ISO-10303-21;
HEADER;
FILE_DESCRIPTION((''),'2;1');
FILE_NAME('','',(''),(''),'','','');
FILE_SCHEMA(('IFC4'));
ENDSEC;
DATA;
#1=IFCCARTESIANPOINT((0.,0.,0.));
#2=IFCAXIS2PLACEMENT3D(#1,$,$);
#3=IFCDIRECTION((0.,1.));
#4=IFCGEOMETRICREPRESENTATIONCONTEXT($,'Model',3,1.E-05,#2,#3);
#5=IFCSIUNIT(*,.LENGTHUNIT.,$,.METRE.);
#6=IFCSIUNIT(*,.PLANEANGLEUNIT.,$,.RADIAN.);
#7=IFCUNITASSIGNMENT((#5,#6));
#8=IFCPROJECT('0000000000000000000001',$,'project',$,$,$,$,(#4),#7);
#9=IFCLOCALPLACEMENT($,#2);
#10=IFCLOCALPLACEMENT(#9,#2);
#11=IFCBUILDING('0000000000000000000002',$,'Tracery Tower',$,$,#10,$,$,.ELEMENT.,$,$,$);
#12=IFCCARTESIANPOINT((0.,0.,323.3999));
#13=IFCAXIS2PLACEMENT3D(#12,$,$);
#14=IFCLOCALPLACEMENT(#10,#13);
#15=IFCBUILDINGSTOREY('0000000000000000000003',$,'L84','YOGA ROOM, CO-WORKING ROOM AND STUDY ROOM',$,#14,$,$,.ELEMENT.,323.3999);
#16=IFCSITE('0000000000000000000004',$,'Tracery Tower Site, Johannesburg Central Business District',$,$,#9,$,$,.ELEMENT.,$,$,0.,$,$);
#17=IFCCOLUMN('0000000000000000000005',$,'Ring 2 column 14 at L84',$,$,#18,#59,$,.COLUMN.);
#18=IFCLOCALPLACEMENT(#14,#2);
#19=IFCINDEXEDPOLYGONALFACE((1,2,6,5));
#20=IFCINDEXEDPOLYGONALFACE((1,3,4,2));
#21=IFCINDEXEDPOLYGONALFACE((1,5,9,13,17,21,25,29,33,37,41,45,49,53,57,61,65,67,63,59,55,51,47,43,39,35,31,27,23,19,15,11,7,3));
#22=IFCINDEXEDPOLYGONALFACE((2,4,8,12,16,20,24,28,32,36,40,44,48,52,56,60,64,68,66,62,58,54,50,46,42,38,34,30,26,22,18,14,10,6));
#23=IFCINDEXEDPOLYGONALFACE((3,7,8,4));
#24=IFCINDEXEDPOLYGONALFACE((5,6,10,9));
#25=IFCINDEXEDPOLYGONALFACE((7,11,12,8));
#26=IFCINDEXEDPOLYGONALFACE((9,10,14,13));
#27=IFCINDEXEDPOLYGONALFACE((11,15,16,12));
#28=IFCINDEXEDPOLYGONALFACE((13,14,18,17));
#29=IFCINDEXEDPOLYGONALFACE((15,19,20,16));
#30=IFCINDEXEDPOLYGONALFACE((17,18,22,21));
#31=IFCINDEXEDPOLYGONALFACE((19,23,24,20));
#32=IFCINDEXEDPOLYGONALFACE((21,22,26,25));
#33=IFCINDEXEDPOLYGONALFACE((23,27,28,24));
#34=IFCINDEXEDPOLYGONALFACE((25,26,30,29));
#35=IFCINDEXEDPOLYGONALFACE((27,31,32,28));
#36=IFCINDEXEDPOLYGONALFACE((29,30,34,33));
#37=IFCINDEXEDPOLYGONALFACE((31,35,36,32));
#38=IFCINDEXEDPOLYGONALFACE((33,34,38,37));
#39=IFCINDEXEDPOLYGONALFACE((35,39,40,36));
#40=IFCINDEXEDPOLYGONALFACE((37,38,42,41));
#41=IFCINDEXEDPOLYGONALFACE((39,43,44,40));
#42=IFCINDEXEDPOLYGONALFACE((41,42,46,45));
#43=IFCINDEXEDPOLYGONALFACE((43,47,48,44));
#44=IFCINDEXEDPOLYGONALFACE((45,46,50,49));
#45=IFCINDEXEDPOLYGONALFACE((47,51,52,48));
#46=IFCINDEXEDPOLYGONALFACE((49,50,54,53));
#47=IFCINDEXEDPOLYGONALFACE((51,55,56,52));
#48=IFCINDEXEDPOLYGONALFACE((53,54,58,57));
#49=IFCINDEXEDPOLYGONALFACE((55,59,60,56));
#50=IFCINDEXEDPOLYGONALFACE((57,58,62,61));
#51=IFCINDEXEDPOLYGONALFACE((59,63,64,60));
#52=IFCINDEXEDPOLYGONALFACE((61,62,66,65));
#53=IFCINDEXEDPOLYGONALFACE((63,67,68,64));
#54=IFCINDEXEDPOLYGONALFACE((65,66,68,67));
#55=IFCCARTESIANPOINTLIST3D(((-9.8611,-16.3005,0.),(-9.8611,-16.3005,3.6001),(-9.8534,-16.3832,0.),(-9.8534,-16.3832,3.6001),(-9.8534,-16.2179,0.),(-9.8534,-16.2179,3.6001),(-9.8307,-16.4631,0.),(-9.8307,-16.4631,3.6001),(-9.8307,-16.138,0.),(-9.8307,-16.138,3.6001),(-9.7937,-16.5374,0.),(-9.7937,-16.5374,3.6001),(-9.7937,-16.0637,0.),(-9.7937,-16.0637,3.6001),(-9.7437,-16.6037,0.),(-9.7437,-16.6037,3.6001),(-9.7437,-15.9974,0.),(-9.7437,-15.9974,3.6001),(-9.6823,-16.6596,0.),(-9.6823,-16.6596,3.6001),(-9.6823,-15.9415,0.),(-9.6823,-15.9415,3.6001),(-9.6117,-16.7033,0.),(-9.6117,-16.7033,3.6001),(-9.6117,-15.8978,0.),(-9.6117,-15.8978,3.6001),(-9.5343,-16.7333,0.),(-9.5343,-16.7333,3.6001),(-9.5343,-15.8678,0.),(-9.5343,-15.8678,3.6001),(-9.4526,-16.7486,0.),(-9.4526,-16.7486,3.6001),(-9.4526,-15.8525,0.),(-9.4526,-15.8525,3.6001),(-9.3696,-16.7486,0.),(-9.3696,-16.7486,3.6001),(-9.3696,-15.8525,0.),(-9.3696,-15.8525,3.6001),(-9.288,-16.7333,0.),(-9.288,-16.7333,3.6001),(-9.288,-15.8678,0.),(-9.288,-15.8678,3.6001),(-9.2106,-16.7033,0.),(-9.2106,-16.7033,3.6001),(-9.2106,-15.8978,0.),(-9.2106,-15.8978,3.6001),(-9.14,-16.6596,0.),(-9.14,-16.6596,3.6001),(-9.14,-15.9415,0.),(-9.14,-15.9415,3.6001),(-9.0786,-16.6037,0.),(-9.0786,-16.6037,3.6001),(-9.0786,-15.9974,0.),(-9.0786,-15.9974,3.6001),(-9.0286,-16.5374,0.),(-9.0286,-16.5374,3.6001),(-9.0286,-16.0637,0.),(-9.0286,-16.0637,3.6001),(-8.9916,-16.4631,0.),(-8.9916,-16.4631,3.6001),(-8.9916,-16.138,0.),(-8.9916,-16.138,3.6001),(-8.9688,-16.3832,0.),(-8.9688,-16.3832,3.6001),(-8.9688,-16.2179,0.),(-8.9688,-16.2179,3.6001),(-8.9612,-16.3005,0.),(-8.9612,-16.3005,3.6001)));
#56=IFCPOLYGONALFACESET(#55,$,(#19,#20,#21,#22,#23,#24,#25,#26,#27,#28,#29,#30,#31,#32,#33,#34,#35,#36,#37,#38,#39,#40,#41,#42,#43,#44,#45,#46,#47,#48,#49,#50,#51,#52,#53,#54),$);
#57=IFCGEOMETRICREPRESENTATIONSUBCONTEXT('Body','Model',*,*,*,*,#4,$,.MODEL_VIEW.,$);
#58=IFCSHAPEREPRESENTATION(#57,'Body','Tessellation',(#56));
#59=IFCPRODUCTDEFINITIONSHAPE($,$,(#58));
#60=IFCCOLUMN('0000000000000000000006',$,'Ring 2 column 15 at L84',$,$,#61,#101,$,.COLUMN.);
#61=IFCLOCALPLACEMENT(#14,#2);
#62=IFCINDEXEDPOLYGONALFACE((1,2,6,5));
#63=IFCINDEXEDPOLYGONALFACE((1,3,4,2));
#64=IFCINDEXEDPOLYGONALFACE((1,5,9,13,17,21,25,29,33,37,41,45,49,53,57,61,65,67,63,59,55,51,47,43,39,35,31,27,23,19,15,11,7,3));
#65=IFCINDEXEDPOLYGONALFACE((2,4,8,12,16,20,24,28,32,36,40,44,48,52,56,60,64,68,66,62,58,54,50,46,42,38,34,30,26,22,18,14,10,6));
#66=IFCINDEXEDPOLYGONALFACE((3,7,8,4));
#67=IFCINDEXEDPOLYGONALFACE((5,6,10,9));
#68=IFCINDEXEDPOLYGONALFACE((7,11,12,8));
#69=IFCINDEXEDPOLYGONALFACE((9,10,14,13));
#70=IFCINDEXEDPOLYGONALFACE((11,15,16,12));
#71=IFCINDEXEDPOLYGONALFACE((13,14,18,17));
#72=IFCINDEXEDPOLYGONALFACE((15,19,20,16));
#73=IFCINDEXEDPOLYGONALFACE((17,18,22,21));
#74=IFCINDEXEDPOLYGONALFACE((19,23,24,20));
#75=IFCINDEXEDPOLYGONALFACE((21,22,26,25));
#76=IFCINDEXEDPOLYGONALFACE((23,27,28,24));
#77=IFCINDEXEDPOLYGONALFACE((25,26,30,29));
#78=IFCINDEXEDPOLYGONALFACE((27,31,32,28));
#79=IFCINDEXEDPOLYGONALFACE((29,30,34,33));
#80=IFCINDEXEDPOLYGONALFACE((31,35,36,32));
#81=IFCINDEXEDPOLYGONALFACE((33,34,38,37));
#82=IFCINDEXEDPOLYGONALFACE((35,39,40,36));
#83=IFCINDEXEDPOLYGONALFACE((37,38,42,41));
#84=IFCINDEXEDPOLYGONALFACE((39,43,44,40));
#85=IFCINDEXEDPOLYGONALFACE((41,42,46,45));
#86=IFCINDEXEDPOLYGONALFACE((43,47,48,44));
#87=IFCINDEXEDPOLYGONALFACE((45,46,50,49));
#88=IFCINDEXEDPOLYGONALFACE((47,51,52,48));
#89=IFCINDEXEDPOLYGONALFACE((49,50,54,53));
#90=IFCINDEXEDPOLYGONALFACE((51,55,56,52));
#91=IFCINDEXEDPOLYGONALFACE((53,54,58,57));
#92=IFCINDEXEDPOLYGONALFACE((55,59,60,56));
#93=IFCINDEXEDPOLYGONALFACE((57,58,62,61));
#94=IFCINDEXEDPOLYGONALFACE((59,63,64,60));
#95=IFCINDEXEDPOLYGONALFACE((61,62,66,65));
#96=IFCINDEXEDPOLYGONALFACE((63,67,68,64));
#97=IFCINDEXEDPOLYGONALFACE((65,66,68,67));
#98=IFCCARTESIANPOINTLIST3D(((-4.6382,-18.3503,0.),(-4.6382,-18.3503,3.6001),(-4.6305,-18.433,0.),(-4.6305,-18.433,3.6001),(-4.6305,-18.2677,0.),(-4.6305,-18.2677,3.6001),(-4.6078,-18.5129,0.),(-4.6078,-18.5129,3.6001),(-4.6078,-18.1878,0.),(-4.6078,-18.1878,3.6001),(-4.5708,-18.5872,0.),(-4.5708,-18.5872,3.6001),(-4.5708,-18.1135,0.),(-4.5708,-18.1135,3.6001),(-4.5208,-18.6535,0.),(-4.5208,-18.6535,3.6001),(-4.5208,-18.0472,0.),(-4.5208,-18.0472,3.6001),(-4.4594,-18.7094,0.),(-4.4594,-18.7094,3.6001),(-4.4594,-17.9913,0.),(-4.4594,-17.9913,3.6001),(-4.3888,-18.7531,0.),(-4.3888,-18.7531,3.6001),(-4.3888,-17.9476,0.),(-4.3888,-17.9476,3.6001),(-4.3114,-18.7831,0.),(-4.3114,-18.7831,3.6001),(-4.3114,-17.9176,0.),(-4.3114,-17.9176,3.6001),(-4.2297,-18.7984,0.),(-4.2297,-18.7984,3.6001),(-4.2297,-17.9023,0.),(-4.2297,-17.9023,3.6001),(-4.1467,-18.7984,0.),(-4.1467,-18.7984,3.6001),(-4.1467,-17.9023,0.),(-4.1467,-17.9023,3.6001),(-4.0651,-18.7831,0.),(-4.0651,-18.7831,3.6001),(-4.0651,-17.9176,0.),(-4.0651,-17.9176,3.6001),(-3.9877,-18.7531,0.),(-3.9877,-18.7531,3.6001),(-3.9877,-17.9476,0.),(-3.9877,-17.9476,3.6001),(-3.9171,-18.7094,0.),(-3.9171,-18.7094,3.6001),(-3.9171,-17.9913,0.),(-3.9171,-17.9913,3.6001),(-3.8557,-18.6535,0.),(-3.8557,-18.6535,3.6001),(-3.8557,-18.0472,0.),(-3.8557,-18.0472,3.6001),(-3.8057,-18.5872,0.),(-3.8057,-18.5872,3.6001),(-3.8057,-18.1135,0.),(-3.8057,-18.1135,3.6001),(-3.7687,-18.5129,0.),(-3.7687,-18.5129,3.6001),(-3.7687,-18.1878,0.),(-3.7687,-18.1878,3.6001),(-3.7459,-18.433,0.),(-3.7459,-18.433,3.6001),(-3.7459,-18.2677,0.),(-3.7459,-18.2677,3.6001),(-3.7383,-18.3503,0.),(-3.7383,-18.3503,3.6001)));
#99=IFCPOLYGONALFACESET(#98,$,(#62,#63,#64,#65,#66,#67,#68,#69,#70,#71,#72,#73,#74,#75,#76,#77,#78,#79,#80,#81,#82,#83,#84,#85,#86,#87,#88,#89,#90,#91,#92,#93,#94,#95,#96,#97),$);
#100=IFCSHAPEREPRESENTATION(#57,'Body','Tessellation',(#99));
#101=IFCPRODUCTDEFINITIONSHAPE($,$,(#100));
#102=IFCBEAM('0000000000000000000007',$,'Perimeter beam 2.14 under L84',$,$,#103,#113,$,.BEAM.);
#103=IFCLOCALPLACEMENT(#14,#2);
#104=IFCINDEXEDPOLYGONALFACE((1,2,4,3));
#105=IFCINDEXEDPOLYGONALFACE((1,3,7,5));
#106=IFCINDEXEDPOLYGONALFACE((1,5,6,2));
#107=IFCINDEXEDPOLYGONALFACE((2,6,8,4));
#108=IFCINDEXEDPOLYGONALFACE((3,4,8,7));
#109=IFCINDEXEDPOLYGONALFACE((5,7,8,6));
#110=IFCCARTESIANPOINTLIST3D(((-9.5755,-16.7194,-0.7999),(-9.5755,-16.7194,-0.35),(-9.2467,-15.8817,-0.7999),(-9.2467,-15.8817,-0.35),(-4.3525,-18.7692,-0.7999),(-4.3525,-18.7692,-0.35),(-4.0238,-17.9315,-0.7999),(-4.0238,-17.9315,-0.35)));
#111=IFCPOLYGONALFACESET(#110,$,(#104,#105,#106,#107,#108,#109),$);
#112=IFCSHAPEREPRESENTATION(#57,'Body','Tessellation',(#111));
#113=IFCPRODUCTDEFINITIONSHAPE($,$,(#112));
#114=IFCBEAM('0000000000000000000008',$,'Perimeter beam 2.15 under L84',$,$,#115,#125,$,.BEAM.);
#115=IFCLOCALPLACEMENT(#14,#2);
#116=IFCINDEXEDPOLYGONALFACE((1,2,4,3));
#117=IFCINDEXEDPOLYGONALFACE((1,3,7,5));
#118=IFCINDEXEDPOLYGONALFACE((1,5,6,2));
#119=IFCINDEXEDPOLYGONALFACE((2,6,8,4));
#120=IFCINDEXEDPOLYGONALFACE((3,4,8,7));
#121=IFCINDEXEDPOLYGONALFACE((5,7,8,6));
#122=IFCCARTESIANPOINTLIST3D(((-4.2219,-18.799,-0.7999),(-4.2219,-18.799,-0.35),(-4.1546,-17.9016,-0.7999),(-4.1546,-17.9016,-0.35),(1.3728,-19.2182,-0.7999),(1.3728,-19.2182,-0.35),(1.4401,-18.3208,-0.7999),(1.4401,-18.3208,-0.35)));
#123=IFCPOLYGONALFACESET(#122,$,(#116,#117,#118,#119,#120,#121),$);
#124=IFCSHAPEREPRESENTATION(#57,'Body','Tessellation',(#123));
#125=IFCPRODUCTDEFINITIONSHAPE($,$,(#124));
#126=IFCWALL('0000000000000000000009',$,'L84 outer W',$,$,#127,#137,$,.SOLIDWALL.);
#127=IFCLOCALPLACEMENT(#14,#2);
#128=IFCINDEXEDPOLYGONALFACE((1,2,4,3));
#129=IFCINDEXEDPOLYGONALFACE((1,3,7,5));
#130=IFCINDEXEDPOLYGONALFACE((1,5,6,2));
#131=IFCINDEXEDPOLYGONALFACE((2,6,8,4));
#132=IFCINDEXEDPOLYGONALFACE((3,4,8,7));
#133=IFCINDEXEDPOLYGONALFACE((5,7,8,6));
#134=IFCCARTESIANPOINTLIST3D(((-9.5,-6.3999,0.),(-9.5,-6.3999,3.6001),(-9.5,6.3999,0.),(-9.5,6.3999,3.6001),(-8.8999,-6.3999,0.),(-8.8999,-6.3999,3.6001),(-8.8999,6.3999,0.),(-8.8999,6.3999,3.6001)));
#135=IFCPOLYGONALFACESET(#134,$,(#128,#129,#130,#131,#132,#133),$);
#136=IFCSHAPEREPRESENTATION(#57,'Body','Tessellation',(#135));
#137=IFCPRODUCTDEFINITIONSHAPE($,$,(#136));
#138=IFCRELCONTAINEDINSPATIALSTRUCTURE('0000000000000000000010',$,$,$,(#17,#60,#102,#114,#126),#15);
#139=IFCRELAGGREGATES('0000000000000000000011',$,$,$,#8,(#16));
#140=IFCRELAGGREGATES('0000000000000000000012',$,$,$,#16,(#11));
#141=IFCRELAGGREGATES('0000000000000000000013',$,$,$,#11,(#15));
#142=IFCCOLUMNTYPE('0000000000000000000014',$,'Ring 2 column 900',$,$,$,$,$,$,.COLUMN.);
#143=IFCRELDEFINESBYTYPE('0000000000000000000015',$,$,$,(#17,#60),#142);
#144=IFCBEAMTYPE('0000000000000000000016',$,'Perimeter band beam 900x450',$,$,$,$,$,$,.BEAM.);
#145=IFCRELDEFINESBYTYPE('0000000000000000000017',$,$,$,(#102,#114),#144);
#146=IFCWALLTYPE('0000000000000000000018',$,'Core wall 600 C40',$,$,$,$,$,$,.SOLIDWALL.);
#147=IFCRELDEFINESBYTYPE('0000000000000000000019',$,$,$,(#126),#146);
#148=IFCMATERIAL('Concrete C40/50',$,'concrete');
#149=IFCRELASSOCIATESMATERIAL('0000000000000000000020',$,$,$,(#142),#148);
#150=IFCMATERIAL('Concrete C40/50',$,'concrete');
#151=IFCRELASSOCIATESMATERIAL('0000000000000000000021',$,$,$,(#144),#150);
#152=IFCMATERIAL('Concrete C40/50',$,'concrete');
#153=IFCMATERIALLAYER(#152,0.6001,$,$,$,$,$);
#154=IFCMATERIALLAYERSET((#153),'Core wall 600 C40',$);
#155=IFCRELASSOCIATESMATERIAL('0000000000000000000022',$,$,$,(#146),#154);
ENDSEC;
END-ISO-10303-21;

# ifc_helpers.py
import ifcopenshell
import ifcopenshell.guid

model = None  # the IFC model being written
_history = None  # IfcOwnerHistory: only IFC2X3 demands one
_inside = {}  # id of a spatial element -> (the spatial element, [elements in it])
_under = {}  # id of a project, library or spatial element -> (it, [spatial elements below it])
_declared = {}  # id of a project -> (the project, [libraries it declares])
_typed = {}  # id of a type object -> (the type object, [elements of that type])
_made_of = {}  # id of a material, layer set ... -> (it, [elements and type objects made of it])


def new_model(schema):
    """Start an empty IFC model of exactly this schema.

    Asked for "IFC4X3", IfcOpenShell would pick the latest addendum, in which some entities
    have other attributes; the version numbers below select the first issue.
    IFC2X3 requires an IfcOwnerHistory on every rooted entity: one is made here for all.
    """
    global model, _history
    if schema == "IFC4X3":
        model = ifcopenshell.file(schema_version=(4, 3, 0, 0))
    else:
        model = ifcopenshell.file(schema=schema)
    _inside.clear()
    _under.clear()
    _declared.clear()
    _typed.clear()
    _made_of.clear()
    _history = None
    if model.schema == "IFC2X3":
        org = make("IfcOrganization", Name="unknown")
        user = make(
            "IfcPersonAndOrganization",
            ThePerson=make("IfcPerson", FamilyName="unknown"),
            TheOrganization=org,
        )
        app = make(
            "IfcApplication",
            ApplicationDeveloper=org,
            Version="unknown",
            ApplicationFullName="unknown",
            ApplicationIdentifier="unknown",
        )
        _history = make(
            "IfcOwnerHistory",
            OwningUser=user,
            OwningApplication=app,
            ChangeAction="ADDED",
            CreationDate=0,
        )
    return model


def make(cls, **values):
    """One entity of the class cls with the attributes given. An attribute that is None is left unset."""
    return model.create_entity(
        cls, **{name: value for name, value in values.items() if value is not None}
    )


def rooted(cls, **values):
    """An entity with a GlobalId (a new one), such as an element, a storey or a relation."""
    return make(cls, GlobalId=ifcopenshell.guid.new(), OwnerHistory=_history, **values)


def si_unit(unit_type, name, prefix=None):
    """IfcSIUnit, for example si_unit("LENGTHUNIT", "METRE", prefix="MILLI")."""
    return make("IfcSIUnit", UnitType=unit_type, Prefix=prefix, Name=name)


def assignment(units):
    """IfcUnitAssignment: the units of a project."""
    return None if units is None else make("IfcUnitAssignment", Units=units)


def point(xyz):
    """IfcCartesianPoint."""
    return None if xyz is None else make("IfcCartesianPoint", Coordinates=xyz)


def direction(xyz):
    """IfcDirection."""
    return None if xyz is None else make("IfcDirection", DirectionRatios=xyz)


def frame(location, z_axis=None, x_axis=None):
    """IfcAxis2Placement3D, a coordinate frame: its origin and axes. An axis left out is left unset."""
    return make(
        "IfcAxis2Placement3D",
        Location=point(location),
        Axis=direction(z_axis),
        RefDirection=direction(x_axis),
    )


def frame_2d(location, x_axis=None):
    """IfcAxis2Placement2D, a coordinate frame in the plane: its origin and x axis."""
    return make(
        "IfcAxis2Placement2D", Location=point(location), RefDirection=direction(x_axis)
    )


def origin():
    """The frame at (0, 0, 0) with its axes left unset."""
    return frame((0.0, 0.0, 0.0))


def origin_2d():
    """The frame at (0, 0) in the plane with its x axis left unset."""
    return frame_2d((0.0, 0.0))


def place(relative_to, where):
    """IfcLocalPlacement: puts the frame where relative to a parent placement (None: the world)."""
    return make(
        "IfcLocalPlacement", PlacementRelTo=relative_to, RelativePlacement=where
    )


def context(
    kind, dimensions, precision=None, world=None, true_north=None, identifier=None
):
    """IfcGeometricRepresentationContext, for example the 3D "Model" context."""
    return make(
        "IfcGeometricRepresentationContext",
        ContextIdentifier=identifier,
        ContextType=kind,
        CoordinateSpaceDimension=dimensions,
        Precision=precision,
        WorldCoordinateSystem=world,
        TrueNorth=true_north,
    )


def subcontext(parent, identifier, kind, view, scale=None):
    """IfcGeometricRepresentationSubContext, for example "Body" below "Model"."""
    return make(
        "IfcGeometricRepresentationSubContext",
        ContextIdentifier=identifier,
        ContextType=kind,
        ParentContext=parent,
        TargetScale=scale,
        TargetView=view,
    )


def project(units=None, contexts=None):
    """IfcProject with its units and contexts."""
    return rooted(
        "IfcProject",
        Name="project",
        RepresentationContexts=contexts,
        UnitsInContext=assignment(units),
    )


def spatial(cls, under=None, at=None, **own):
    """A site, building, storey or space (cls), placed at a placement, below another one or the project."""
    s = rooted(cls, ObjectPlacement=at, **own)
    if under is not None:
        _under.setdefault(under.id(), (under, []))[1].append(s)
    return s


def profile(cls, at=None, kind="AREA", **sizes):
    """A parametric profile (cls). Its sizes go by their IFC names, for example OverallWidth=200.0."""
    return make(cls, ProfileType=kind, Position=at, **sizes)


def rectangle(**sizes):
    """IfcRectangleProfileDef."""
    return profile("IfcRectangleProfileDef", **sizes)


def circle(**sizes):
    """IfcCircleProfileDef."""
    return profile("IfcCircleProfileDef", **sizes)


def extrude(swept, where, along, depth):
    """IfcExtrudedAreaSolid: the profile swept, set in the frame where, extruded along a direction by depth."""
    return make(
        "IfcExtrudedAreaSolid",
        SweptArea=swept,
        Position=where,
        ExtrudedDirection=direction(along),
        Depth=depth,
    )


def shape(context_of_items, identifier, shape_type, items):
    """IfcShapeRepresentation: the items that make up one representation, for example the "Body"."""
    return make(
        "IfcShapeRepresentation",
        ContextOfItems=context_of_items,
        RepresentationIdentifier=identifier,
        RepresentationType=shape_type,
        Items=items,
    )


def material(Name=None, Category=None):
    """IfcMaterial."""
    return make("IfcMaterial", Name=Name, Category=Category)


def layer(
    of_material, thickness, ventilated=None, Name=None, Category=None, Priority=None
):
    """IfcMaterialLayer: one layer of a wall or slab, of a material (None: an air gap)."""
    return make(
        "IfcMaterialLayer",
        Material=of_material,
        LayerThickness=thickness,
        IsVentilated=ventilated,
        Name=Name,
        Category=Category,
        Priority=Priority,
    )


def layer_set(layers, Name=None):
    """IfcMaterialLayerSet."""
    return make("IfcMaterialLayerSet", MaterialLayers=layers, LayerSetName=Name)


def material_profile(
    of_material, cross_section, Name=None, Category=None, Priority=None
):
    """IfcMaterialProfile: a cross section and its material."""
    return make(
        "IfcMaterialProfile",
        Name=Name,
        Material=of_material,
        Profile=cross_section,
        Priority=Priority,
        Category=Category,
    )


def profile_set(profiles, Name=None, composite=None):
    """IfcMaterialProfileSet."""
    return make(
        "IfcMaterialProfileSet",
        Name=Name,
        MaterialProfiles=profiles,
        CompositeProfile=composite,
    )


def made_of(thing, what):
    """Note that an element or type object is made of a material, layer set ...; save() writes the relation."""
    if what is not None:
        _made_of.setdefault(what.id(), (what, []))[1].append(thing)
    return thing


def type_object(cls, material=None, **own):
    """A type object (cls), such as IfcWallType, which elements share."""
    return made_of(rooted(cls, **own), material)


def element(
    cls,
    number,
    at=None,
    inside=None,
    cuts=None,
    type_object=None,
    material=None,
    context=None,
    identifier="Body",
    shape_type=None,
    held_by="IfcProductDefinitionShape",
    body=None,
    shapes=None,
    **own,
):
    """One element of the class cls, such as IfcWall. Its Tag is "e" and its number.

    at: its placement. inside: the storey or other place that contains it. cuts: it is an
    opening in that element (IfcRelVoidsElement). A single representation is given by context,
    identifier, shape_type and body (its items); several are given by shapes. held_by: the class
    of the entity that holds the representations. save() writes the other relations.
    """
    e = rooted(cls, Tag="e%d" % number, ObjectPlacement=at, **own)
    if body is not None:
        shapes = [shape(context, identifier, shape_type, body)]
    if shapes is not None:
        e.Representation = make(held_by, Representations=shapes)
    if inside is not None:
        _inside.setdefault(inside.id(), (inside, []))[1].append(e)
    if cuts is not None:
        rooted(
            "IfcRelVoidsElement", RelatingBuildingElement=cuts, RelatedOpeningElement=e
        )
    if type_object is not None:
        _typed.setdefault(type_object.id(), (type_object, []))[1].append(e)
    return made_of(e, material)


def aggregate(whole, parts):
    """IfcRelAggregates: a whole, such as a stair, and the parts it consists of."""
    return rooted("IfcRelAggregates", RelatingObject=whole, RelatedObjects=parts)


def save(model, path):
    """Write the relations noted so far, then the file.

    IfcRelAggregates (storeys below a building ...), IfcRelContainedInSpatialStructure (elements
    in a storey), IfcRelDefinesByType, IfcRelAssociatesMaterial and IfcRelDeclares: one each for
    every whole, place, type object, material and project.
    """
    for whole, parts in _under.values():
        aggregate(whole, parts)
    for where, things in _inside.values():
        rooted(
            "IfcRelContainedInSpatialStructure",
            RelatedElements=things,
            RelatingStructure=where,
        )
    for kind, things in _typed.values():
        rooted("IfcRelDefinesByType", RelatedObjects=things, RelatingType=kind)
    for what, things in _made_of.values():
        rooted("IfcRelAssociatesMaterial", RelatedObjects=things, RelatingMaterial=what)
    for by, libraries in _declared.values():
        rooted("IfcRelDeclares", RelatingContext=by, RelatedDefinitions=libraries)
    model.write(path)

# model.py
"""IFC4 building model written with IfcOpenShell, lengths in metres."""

from ifc_helpers import new_model, si_unit, direction, frame, frame_2d, origin, origin_2d, place, context, subcontext, project, spatial, rectangle, circle, extrude, material, layer, layer_set, material_profile, profile_set, type_object, element, save


model = new_model("IFC4")

# Units and contexts
model_context = context("Model", 3, precision=1e-05, world=origin(), true_north=direction((0.0, 1.0)))
body_context = subcontext(model_context, "Body", "Model", "MODEL_VIEW")
ifc_project = project(units=[si_unit("LENGTHUNIT", "METRE"), si_unit("PLANEANGLEUNIT", "RADIAN")], contexts=[model_context])

# Site, building, storey
site_placement = place(None, origin())
site = spatial("IfcSite", under=ifc_project, at=site_placement, Name="Tracery Tower Site, Johannesburg Central Business District", CompositionType="ELEMENT", RefElevation=0.0)
building_placement = place(site_placement, origin())
building = spatial("IfcBuilding", under=site, at=building_placement, Name="Tracery Tower", CompositionType="ELEMENT")
storey_placement = place(building_placement, frame((0.0, 0.0, 323.3999)))
storey = spatial("IfcBuildingStorey", under=building, at=storey_placement, Name="L84", Description="YOGA ROOM, CO-WORKING ROOM AND STUDY ROOM", CompositionType="ELEMENT", Elevation=323.3999)

# Columns
ifc_material_1 = material(Name="Concrete C40/50", Category="concrete")
ifc_material_profile_1 = material_profile(ifc_material_1, circle(Radius=0.45, at=origin_2d()), Name="RC D900")
ifc_profile_set_1 = profile_set([ifc_material_profile_1], Name="Concrete C40/50")
column_type = type_object("IfcColumnType", Name="Ring 2 column 900", PredefinedType="COLUMN", material=ifc_profile_set_1)
for number, where, z_axis, x_axis, name in (
    (1, (-9.4111, -16.3005, 0.0), (0.0, 0.0, 1.0), (1.0, 0.0, 0.0), "Ring 2 column 14 at L84"),
    (2, (-4.1882, -18.3503, 0.0), (0.0, 0.0, 1.0), (1.0, 0.0, 0.0), "Ring 2 column 15 at L84"),
):
    element("IfcColumn", number, at=place(storey_placement, frame(where, z_axis=z_axis, x_axis=x_axis)), inside=storey, type_object=column_type, Name=name, PredefinedType="COLUMN", context=body_context, shape_type="SweptSolid", body=[
        extrude(circle(Radius=0.45, at=origin_2d()), origin(), (0.0, 0.0, 1.0), 3.6001),
    ])

# Beams
ifc_material_2 = material(Name="Concrete C40/50", Category="concrete")
ifc_material_profile_2 = material_profile(ifc_material_2, rectangle(XDim=0.8999, YDim=0.45, at=origin_2d()), Name="RC 900x450")
ifc_profile_set_2 = profile_set([ifc_material_profile_2], Name="Concrete C40/50")
beam_type = type_object("IfcBeamType", Name="Perimeter band beam 900x450", PredefinedType="BEAM", material=ifc_profile_set_2)
beam_1_placement = place(storey_placement, frame((-9.4111, -16.3005, -0.575), z_axis=(0.930876, -0.365336, 0.0), x_axis=(0.365336, 0.930876, 0.0)))
element("IfcBeam", 3, at=beam_1_placement, inside=storey, type_object=beam_type, Name="Perimeter beam 2.14 under L84", PredefinedType="BEAM", context=body_context, shape_type="SweptSolid", body=[
    extrude(rectangle(XDim=0.8999, YDim=0.45, at=origin_2d()), origin(), (0.0, 0.0, 1.0), 5.6108),
])
beam_2_placement = place(storey_placement, frame((-4.1882, -18.3503, -0.575), z_axis=(0.997205, -0.074716, 0.0), x_axis=(0.074716, 0.997205, 0.0)))
element("IfcBeam", 4, at=beam_2_placement, inside=storey, type_object=beam_type, Name="Perimeter beam 2.15 under L84", PredefinedType="BEAM", context=body_context, shape_type="SweptSolid", body=[
    extrude(rectangle(XDim=0.8999, YDim=0.45, at=origin_2d()), origin(), (0.0, 0.0, 1.0), 5.6104),
])

# Wall
ifc_material_3 = material(Name="Concrete C40/50", Category="concrete")
ifc_layer_1 = layer(ifc_material_3, 0.6001)
ifc_layer_set_1 = layer_set([ifc_layer_1], Name="Core wall 600 C40")
wall_type_1 = type_object("IfcWallType", Name="Core wall 600 C40", PredefinedType="SOLIDWALL", material=ifc_layer_set_1)
wall_1_placement = place(storey_placement, frame((-9.2, -6.3999, 0.0), z_axis=(0.0, 0.0, 1.0), x_axis=(0.0, 1.0, 0.0)))
element("IfcWall", 5, at=wall_1_placement, inside=storey, type_object=wall_type_1, Name="L84 outer W", PredefinedType="SOLIDWALL", context=body_context, shape_type="SweptSolid", body=[
    extrude(rectangle(XDim=12.7998, YDim=0.6001, at=frame_2d((6.3999, 0.0))), origin(), (0.0, 0.0, 1.0), 3.6001),
])

save(model, "model.ifc")
